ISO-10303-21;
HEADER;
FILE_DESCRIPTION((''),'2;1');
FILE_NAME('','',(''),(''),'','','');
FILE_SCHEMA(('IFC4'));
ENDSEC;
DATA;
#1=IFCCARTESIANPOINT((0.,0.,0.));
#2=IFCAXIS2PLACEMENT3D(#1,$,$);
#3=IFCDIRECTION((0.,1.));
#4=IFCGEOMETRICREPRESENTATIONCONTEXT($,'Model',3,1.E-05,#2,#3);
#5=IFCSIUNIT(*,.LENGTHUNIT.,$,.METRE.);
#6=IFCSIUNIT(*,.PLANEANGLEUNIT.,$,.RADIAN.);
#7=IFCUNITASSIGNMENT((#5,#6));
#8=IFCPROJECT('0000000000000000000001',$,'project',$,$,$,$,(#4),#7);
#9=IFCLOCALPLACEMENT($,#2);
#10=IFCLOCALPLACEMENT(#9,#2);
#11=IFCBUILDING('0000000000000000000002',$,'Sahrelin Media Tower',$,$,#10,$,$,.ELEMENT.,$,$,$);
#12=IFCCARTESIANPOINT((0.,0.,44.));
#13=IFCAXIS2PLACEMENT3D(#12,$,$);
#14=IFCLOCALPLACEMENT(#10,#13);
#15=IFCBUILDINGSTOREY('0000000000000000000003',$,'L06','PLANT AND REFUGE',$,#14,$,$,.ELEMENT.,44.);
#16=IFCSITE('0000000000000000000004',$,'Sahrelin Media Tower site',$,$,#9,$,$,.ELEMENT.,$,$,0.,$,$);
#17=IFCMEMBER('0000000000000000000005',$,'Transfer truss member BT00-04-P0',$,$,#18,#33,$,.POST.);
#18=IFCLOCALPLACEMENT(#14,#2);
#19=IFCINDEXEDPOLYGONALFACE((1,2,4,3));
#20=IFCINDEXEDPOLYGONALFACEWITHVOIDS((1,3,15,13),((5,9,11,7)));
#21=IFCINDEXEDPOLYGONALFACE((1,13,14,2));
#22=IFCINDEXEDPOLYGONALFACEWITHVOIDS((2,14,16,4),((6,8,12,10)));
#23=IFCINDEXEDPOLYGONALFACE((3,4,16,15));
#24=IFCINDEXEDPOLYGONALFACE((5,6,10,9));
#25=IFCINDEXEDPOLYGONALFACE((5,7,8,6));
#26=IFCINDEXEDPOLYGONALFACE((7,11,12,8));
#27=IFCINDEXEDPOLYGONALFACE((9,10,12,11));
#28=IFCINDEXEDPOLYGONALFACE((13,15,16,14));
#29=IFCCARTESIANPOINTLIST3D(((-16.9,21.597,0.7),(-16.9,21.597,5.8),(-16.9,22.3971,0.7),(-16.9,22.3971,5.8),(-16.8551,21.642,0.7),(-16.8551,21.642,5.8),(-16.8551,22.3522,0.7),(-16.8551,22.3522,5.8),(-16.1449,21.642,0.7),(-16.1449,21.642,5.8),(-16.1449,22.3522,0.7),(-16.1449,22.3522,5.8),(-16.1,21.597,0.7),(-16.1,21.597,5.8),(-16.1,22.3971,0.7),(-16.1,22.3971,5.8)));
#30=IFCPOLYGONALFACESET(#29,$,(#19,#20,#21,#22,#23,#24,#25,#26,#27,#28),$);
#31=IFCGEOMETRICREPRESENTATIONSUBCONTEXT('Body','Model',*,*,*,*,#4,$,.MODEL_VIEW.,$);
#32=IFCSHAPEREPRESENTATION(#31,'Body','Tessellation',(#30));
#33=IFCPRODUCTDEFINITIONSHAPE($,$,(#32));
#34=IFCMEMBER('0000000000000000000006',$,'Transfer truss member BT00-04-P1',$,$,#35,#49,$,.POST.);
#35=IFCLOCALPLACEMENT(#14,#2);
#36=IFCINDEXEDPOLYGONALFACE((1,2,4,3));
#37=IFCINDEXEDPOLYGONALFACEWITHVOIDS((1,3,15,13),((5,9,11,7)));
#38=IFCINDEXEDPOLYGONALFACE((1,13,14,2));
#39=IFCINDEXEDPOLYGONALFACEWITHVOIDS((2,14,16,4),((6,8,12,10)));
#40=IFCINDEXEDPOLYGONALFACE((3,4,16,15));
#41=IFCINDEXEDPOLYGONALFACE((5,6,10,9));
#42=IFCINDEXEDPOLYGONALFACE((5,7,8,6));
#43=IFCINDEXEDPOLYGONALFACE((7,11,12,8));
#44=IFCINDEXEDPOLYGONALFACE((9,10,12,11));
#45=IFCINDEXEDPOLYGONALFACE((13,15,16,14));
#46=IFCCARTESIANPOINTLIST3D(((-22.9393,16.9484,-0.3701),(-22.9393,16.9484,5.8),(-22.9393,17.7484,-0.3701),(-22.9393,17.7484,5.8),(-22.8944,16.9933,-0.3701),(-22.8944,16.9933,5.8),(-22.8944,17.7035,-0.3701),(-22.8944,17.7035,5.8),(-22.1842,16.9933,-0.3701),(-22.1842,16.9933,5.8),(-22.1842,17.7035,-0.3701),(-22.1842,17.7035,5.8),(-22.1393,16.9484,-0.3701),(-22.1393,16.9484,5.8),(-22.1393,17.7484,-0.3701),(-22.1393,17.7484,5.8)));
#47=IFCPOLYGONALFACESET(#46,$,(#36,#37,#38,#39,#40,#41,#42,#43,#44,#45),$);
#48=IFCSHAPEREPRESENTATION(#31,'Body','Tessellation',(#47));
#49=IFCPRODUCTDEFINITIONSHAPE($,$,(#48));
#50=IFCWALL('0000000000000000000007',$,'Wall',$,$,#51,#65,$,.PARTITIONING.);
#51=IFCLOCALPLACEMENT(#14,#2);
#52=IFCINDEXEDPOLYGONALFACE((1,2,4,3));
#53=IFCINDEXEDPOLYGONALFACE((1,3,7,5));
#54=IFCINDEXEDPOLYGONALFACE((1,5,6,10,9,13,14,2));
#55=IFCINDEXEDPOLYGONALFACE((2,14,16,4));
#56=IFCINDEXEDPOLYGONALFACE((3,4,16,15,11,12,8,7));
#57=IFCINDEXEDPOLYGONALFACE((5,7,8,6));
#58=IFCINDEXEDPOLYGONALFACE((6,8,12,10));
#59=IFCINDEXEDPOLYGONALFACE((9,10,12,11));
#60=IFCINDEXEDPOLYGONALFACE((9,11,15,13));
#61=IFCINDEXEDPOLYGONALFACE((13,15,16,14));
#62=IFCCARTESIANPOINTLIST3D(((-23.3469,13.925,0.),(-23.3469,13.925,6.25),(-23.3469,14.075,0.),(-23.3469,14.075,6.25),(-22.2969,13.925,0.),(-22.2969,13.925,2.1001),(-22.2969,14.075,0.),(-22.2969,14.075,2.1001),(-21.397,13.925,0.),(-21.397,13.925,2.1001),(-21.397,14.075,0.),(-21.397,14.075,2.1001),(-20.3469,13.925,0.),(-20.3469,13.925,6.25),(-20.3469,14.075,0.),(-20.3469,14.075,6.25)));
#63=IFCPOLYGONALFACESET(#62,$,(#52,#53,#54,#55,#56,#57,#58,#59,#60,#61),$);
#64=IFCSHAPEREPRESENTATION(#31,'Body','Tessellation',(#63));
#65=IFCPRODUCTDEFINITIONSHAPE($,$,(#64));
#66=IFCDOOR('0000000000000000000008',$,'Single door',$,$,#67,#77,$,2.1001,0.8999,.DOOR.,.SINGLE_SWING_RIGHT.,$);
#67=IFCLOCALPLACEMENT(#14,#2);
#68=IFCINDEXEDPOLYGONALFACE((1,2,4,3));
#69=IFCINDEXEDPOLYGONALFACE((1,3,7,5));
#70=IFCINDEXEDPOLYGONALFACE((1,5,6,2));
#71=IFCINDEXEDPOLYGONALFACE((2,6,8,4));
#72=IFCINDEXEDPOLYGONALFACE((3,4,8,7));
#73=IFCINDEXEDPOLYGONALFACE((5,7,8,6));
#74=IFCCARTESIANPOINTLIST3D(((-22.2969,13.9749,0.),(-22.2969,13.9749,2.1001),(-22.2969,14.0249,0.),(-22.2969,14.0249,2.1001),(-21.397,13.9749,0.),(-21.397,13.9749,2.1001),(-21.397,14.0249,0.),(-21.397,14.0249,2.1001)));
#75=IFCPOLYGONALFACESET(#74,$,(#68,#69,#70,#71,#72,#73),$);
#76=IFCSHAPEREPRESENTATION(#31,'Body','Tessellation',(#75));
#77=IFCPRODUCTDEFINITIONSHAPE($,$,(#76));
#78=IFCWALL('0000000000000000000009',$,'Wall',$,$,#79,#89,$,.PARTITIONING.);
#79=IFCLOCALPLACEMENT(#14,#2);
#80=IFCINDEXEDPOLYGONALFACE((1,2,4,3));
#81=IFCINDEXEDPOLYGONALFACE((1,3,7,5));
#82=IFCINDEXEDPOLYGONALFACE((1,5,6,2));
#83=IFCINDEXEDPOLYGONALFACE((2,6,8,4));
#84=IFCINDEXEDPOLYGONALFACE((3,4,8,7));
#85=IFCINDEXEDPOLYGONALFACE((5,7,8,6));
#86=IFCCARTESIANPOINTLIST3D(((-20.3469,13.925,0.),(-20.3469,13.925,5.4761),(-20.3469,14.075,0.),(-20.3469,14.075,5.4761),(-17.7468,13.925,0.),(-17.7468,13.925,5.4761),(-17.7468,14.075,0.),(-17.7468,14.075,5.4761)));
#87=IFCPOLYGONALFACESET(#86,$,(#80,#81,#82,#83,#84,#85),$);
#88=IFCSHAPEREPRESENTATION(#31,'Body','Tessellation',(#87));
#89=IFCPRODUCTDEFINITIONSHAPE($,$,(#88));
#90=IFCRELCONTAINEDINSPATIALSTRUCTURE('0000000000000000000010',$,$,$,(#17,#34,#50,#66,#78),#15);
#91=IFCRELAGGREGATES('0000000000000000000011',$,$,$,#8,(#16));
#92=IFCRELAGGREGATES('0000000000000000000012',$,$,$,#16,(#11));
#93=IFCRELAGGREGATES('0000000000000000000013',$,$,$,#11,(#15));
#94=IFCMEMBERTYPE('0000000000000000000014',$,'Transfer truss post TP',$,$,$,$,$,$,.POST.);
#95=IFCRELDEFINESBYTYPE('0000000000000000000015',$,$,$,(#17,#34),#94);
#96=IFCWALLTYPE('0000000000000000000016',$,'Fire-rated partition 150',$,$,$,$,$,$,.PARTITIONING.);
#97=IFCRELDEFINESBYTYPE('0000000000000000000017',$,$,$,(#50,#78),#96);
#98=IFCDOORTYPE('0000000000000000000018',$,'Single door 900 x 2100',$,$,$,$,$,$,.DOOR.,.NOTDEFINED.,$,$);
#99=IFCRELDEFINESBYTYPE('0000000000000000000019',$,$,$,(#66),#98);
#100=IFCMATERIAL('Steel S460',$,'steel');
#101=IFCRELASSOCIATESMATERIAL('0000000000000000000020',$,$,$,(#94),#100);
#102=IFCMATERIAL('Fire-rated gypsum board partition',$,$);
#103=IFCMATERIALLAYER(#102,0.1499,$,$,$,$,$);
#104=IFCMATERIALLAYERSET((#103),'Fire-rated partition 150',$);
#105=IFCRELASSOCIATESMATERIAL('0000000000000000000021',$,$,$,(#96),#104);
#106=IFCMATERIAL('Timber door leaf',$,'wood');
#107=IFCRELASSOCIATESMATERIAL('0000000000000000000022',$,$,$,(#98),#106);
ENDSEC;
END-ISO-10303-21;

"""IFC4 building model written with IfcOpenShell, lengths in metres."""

from ifc_helpers import new_model, si_unit, direction, frame, frame_2d, origin, origin_2d, place, context, subcontext, project, spatial, rectangle, hollow_rectangle, extrude, material, layer, layer_set, material_profile, profile_set, type_object, element, fill, save


model = new_model("IFC4")

# Units and contexts
model_context = context("Model", 3, precision=1e-05, world=origin(), true_north=direction((0.0, 1.0)))
body_context = subcontext(model_context, "Body", "Model", "MODEL_VIEW")
ifc_project = project(units=[si_unit("LENGTHUNIT", "METRE"), si_unit("PLANEANGLEUNIT", "RADIAN")], contexts=[model_context])

# Site, building, storey
site_placement = place(None, origin())
site = spatial("IfcSite", under=ifc_project, at=site_placement, Name="Sahrelin Media Tower site", CompositionType="ELEMENT", RefElevation=0.0)
building_placement = place(site_placement, origin())
building = spatial("IfcBuilding", under=site, at=building_placement, Name="Sahrelin Media Tower", CompositionType="ELEMENT")
storey_placement = place(building_placement, frame((0.0, 0.0, 44.0)))
storey = spatial("IfcBuildingStorey", under=building, at=storey_placement, Name="L06", Description="PLANT AND REFUGE", CompositionType="ELEMENT", Elevation=44.0)

# Shared definitions
ifc_material_1 = material(Name="Steel S460", Category="steel")

# Members
ifc_material_profile_1 = material_profile(ifc_material_1, hollow_rectangle(XDim=0.8, YDim=0.8, WallThickness=0.0449, at=origin_2d()), Name="Transfer truss post TP")
ifc_profile_set_1 = profile_set([ifc_material_profile_1], Name="Steel S460")
member_type_1 = type_object("IfcMemberType", Name="Transfer truss post TP", PredefinedType="POST", material=ifc_profile_set_1)
member_1_placement = place(storey_placement, frame((-16.5, 21.9971, 0.7), z_axis=(0.0, 0.0, 1.0), x_axis=(1.0, 0.0, 0.0)))
element("IfcMember", 1, at=member_1_placement, inside=storey, type_object=member_type_1, Name="Transfer truss member BT00-04-P0", PredefinedType="POST", context=body_context, shape_type="SweptSolid", body=[
    extrude(hollow_rectangle(XDim=0.8, YDim=0.8, WallThickness=0.0449, at=origin_2d()), origin(), (0.0, 0.0, 1.0), 5.1001),
])
member_2_placement = place(storey_placement, frame((-22.5393, 17.3484, -0.3701), z_axis=(0.0, 0.0, 1.0), x_axis=(1.0, 0.0, 0.0)))
element("IfcMember", 2, at=member_2_placement, inside=storey, type_object=member_type_1, Name="Transfer truss member BT00-04-P1", PredefinedType="POST", context=body_context, shape_type="SweptSolid", body=[
    extrude(hollow_rectangle(XDim=0.8, YDim=0.8, WallThickness=0.0449, at=origin_2d()), origin(), (0.0, 0.0, 1.0), 6.1702),
])

# Wall, opening, door
ifc_material_2 = material(Name="Fire-rated gypsum board partition")
ifc_layer = layer(ifc_material_2, 0.1499)
ifc_layer_set = layer_set([ifc_layer], Name="Fire-rated partition 150")
wall_type = type_object("IfcWallType", Name="Fire-rated partition 150", PredefinedType="PARTITIONING", material=ifc_layer_set)
wall_1_placement = place(storey_placement, frame((-23.3469, 14.0, 0.0), z_axis=(0.0, 0.0, 1.0), x_axis=(1.0, 0.0, 0.0)))
wall_1 = element("IfcWall", 3, at=wall_1_placement, inside=storey, type_object=wall_type, Name="Wall", PredefinedType="PARTITIONING", context=body_context, shape_type="SweptSolid", body=[
    extrude(rectangle(XDim=3.0, YDim=0.1499, at=frame_2d((1.5, 0.0))), origin(), (0.0, 0.0, 1.0), 6.25),
])
opening_placement = place(wall_1_placement, frame((1.05, 0.0, 0.0)))
opening = element("IfcOpeningElement", 4, at=opening_placement, cuts=wall_1, PredefinedType="OPENING", context=body_context, shape_type="SweptSolid", body=[
    extrude(rectangle(XDim=0.8999, YDim=2.1001, at=frame_2d((0.45, 1.05))), frame((0.0, 0.075, 0.0), z_axis=(0.0, -1.0, 0.0), x_axis=(1.0, 0.0, 0.0)), (0.0, 0.0, 1.0), 0.1499),
])
ifc_material_3 = material(Name="Timber door leaf", Category="wood")
door_type = type_object("IfcDoorType", Name="Single door 900 x 2100", OperationType="NOTDEFINED", PredefinedType="DOOR", material=ifc_material_3)
door_placement = place(opening_placement, origin())
door = element("IfcDoor", 5, at=door_placement, inside=storey, type_object=door_type, Name="Single door", OperationType="SINGLE_SWING_RIGHT", OverallHeight=2.1001, OverallWidth=0.8999, PredefinedType="DOOR", context=body_context, shape_type="SweptSolid", body=[
    extrude(rectangle(XDim=0.8999, YDim=2.1001, at=frame_2d((0.45, 1.05))), frame((0.0, 0.0249, 0.0), z_axis=(0.0, -1.0, 0.0), x_axis=(1.0, 0.0, 0.0)), (0.0, 0.0, 1.0), 0.05),
])
fill(opening, door)

# Wall
wall_2_placement = place(storey_placement, frame((-20.3469, 14.0, 0.0), z_axis=(0.0, 0.0, 1.0), x_axis=(1.0, 0.0, 0.0)))
element("IfcWall", 6, at=wall_2_placement, inside=storey, type_object=wall_type, Name="Wall", PredefinedType="PARTITIONING", context=body_context, shape_type="SweptSolid", body=[
    extrude(rectangle(XDim=2.6001, YDim=0.1499, at=frame_2d((1.3, 0.0))), origin(), (0.0, 0.0, 1.0), 5.4761),
])

save(model, "model.ifc")
